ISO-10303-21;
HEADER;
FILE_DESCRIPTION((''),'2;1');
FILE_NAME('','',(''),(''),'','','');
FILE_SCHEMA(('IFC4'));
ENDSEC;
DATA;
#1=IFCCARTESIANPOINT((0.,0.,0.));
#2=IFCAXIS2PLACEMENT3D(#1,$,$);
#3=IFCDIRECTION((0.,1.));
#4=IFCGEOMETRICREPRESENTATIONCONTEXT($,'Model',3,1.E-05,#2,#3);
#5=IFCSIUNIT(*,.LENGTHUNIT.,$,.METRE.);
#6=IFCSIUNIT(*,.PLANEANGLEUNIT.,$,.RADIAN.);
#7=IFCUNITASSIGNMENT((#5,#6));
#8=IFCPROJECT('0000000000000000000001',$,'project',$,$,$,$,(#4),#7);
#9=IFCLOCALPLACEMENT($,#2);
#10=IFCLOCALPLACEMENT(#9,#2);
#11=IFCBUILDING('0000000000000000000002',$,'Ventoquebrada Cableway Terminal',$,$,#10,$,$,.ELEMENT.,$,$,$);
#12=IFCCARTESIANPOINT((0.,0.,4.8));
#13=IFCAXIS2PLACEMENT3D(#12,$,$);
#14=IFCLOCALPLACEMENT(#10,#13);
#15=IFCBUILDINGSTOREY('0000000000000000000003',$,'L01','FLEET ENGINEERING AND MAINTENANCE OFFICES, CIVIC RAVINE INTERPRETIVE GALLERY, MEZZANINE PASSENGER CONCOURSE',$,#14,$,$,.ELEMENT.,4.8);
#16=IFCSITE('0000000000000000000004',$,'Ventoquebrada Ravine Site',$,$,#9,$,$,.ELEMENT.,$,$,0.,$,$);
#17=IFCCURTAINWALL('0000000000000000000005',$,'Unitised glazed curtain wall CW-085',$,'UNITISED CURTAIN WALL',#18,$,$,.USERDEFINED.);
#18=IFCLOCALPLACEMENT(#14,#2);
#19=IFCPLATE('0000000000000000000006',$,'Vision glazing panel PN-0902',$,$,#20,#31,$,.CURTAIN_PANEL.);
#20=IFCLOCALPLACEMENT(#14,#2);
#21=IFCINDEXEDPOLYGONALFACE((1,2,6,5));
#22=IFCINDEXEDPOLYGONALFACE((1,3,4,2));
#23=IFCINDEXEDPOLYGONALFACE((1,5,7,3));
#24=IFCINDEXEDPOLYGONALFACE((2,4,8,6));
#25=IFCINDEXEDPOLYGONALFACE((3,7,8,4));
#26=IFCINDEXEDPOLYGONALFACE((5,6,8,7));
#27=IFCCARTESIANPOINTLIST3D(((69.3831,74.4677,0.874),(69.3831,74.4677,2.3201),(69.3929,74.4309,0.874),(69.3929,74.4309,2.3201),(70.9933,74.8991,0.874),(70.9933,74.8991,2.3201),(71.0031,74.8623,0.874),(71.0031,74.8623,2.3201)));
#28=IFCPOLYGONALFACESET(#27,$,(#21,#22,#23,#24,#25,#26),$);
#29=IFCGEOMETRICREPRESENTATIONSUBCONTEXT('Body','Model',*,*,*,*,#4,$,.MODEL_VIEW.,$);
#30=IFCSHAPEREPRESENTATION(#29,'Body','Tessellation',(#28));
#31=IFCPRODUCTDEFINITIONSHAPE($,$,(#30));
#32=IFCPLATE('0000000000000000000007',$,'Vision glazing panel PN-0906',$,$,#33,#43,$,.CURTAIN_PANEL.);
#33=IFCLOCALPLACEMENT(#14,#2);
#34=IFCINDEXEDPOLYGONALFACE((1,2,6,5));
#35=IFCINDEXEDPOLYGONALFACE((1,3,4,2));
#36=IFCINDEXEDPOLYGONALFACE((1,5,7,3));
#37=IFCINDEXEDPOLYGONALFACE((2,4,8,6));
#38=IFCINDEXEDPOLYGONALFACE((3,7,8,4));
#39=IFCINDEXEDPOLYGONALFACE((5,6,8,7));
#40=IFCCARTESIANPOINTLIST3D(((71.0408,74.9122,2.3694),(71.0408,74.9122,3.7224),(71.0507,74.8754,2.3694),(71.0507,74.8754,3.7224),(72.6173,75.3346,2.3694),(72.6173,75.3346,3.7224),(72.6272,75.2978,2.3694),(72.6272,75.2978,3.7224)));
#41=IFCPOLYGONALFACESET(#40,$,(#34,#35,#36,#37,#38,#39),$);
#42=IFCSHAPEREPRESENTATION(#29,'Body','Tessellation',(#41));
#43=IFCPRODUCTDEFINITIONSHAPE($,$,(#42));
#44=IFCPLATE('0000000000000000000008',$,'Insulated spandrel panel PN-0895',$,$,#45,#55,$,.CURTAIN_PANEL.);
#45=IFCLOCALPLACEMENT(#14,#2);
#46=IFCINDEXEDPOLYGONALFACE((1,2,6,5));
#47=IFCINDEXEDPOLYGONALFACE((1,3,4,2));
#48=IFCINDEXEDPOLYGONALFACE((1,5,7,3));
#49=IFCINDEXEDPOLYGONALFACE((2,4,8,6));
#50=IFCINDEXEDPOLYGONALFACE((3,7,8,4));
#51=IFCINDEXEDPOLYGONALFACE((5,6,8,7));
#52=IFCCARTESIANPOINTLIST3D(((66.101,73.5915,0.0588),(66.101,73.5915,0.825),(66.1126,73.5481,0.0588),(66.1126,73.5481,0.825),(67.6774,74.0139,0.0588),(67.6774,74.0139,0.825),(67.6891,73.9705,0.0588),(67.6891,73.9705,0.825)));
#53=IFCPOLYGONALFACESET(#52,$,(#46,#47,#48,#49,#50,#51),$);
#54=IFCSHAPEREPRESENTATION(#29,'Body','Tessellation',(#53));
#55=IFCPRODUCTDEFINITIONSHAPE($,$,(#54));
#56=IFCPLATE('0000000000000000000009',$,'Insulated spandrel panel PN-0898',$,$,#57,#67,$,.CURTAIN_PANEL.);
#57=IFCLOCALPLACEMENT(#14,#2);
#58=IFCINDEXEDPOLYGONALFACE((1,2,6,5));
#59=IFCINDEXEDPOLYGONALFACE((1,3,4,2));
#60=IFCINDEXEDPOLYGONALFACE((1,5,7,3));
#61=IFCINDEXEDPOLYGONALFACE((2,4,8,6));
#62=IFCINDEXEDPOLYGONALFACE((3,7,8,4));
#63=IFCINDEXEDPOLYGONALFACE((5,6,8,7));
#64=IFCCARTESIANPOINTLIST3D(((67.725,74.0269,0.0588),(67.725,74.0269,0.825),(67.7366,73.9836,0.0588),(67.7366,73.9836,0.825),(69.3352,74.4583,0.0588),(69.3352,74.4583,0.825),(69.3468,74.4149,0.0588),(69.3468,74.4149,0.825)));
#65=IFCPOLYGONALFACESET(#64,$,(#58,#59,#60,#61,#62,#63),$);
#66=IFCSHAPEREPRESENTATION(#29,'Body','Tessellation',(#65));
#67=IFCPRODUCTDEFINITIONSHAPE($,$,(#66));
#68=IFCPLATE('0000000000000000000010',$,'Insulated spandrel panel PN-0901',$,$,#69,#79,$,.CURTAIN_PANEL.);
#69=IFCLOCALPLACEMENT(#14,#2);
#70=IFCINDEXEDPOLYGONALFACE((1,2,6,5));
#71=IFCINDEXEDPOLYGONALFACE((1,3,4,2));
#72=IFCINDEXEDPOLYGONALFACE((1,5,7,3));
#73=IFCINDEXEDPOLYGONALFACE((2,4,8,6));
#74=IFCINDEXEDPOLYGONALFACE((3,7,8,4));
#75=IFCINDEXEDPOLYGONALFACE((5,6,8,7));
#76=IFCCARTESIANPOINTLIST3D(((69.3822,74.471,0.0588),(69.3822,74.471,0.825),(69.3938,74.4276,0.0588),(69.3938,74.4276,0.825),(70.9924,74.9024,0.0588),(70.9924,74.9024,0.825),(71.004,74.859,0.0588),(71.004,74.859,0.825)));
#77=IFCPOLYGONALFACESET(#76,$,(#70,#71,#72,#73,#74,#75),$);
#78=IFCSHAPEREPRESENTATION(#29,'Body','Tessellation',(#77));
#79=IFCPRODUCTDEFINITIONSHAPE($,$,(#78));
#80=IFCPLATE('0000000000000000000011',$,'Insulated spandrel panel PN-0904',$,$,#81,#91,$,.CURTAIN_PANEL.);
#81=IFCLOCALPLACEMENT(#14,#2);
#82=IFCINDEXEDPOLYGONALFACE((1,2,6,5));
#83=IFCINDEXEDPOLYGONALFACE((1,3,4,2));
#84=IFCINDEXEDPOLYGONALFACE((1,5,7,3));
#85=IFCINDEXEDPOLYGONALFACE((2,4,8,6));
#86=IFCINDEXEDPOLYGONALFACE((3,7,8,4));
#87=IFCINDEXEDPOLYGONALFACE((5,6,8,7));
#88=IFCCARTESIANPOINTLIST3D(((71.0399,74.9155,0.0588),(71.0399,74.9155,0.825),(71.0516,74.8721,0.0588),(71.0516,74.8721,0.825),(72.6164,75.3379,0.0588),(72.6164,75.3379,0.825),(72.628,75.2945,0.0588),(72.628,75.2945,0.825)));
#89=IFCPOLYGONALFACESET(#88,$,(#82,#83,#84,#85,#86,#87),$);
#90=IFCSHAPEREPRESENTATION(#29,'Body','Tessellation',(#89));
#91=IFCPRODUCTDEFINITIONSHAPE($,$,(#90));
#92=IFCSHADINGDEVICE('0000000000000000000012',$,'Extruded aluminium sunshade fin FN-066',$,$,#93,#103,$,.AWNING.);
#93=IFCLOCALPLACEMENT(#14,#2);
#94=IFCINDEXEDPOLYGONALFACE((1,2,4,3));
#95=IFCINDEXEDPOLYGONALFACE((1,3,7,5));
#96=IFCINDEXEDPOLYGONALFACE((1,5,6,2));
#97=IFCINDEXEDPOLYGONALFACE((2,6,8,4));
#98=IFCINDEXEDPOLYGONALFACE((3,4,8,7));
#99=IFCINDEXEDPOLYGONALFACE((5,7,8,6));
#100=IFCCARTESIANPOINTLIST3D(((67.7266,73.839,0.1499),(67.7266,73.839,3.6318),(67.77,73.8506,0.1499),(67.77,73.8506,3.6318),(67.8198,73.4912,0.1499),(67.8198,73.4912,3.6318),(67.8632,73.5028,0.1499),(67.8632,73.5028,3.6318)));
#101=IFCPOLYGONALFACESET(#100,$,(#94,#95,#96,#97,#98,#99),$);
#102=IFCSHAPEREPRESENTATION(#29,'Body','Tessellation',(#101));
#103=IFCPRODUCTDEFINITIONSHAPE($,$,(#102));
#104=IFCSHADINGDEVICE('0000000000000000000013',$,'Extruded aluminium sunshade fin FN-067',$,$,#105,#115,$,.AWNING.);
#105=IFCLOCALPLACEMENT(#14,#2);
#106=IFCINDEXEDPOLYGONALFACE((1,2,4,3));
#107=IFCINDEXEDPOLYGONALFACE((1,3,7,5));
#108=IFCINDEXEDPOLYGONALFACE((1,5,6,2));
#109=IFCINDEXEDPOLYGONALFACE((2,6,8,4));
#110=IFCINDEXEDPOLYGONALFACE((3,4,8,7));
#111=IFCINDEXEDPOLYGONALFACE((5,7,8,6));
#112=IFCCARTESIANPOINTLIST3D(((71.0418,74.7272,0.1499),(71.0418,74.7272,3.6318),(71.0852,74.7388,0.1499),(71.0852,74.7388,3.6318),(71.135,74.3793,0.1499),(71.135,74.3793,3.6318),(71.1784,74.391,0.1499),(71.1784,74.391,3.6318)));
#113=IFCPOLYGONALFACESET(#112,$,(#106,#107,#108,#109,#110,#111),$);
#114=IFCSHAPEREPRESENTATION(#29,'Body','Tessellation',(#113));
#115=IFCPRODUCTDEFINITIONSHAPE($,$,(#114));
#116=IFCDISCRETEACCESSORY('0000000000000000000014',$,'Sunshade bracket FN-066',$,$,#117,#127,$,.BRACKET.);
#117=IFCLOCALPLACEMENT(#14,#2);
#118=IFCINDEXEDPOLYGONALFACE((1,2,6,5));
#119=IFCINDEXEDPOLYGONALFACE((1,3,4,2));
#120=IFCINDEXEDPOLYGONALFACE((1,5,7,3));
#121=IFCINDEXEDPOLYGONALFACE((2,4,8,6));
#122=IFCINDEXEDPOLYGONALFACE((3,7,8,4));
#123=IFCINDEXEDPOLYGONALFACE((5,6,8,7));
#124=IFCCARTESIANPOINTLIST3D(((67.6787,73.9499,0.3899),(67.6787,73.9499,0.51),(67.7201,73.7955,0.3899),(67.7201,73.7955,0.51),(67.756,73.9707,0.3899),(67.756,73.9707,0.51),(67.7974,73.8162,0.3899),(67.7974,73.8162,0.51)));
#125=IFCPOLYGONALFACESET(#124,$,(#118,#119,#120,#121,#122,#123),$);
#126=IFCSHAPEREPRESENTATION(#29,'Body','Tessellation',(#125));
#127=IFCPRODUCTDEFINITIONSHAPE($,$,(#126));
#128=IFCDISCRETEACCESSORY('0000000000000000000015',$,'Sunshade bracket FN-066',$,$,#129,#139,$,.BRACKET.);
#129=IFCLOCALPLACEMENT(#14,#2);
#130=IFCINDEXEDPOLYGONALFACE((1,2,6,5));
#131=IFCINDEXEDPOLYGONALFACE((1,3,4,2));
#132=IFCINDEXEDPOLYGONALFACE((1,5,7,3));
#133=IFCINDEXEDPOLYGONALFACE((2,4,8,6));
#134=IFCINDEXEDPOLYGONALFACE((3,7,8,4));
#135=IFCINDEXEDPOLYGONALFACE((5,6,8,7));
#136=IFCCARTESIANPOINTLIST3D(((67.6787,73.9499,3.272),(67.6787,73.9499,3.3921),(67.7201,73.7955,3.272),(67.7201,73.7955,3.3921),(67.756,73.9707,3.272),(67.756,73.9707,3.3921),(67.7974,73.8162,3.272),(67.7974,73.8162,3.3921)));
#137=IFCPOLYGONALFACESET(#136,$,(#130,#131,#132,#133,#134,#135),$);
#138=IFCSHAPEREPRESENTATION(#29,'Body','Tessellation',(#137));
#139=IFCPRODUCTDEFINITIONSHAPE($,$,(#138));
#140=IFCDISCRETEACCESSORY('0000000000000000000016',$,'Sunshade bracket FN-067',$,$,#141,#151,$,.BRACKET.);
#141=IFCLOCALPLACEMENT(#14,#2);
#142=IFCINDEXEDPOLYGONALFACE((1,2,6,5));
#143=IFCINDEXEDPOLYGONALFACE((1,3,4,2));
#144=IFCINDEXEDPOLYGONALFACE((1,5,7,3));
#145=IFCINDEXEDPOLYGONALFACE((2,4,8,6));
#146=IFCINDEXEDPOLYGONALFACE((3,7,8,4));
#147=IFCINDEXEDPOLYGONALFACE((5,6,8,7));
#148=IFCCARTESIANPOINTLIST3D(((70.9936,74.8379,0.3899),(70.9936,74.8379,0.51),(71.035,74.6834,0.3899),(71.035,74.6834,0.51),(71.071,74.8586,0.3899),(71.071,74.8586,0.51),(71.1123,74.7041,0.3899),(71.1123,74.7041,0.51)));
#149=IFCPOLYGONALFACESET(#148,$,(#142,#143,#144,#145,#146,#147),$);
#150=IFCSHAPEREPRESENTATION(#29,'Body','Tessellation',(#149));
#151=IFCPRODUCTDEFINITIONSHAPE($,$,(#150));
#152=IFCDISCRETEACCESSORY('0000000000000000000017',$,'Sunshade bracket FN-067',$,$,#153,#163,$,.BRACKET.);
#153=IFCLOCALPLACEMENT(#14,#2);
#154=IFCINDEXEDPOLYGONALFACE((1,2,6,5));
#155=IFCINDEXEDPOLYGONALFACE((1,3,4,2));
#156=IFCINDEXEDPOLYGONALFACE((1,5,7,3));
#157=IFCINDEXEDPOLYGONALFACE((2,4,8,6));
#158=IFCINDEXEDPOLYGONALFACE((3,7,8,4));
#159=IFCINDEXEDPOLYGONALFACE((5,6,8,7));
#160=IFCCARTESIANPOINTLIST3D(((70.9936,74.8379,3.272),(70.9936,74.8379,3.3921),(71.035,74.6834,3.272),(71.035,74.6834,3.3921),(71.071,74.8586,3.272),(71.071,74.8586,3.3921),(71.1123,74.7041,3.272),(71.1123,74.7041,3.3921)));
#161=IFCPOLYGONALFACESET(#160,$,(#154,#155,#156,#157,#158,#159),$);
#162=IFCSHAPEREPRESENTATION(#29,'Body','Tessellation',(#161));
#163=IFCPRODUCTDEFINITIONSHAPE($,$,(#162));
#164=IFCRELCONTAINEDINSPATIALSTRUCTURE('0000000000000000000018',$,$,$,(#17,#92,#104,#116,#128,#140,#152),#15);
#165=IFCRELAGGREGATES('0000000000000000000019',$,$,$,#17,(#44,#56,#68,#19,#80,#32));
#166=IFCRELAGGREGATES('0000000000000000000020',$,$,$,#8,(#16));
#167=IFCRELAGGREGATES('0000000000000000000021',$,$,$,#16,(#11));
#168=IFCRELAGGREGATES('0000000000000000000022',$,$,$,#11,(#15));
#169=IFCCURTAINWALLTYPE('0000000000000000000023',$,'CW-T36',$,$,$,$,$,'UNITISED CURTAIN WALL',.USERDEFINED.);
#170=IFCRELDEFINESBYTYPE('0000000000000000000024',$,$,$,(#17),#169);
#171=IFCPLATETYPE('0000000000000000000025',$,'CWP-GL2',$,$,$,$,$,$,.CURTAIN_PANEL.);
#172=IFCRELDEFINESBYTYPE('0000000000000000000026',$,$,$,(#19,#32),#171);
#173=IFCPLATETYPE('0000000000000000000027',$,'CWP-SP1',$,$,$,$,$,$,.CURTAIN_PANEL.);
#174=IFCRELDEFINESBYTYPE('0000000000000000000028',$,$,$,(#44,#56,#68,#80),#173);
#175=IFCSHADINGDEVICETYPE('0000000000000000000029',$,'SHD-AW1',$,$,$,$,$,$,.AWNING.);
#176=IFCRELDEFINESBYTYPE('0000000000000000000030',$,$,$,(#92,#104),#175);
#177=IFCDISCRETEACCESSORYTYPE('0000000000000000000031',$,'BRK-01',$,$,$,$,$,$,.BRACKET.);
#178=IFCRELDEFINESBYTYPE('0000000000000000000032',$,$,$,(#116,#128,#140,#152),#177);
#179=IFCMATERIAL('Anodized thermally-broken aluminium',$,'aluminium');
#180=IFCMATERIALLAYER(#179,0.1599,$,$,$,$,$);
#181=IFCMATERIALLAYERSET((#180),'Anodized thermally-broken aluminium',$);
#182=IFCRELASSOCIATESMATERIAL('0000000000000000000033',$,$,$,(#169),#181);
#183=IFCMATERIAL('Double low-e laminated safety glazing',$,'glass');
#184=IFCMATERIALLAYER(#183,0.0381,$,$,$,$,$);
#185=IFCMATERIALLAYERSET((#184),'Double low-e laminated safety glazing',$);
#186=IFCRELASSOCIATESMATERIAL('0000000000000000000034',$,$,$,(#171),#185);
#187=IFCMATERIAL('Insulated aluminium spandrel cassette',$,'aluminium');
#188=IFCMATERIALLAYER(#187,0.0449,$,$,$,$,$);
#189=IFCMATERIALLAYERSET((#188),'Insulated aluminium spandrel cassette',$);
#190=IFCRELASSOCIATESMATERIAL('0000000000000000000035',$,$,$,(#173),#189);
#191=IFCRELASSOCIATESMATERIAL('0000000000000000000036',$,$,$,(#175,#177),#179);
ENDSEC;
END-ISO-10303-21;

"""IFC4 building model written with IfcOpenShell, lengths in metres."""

from ifc_helpers import new_model, si_unit, direction, frame, origin, origin_2d, place, context, subcontext, project, spatial, rectangle, extrude, material, layer, layer_set, type_object, element, aggregate, save


model = new_model("IFC4")

# Units and contexts
model_context = context("Model", 3, precision=1e-05, world=origin(), true_north=direction((0.0, 1.0)))
body_context = subcontext(model_context, "Body", "Model", "MODEL_VIEW")
ifc_project = project(units=[si_unit("LENGTHUNIT", "METRE"), si_unit("PLANEANGLEUNIT", "RADIAN")], contexts=[model_context])

# Site, building, storey
site_placement = place(None, origin())
site = spatial("IfcSite", under=ifc_project, at=site_placement, Name="Ventoquebrada Ravine Site", CompositionType="ELEMENT", RefElevation=0.0)
building_placement = place(site_placement, origin())
building = spatial("IfcBuilding", under=site, at=building_placement, Name="Ventoquebrada Cableway Terminal", CompositionType="ELEMENT")
storey_placement = place(building_placement, frame((0.0, 0.0, 4.8)))
storey = spatial("IfcBuildingStorey", under=building, at=storey_placement, Name="L01", Description="FLEET ENGINEERING AND MAINTENANCE OFFICES, CIVIC RAVINE INTERPRETIVE GALLERY, MEZZANINE PASSENGER CONCOURSE", CompositionType="ELEMENT", Elevation=4.8)

# Curtain wall
ifc_material_1 = material(Name="Anodized thermally-broken aluminium", Category="aluminium")
ifc_layer_1 = layer(ifc_material_1, 0.1599)
ifc_layer_set_1 = layer_set([ifc_layer_1], Name="Anodized thermally-broken aluminium")
curtain_wall_type = type_object("IfcCurtainWallType", Name="CW-T36", ElementType="UNITISED CURTAIN WALL", PredefinedType="USERDEFINED", material=ifc_layer_set_1)
curtain_wall_placement = place(storey_placement, origin())
curtain_wall = element("IfcCurtainWall", 1, at=curtain_wall_placement, inside=storey, type_object=curtain_wall_type, Name="Unitised glazed curtain wall CW-085", ObjectType="UNITISED CURTAIN WALL", PredefinedType="USERDEFINED")

# Plates
ifc_material_2 = material(Name="Double low-e laminated safety glazing", Category="glass")
ifc_layer_2 = layer(ifc_material_2, 0.0381)
ifc_layer_set_2 = layer_set([ifc_layer_2], Name="Double low-e laminated safety glazing")
plate_type_1 = type_object("IfcPlateType", Name="CWP-GL2", PredefinedType="CURTAIN_PANEL", material=ifc_layer_set_2)
plate_1_placement = place(storey_placement, frame((70.1931, 74.665, 0.874), z_axis=(0.0, 0.0, 1.0), x_axis=(0.965935, 0.258785, 0.0)))
plate_1 = element("IfcPlate", 2, at=plate_1_placement, type_object=plate_type_1, Name="Vision glazing panel PN-0902", PredefinedType="CURTAIN_PANEL", context=body_context, shape_type="SweptSolid", body=[
    extrude(rectangle(XDim=1.667, YDim=0.0381, at=origin_2d()), origin(), (0.0, 0.0, 1.0), 1.446),
])
plate_2_placement = place(storey_placement, frame((71.834, 75.105, 2.3694), z_axis=(0.0, 0.0, 1.0), x_axis=(0.965935, 0.258785, 0.0)))
plate_2 = element("IfcPlate", 3, at=plate_2_placement, type_object=plate_type_1, Name="Vision glazing panel PN-0906", PredefinedType="CURTAIN_PANEL", context=body_context, shape_type="SweptSolid", body=[
    extrude(rectangle(XDim=1.6321, YDim=0.0381, at=origin_2d()), origin(), (0.0, 0.0, 1.0), 1.353),
])
ifc_material_3 = material(Name="Insulated aluminium spandrel cassette", Category="aluminium")
ifc_layer_3 = layer(ifc_material_3, 0.0449)
ifc_layer_set_3 = layer_set([ifc_layer_3], Name="Insulated aluminium spandrel cassette")
plate_type_2 = type_object("IfcPlateType", Name="CWP-SP1", PredefinedType="CURTAIN_PANEL", material=ifc_layer_set_3)
plate_3_placement = place(storey_placement, frame((66.895, 73.781, 0.0588), z_axis=(0.0, 0.0, 1.0), x_axis=(0.965935, 0.258785, 0.0)))
plate_3 = element("IfcPlate", 4, at=plate_3_placement, type_object=plate_type_2, Name="Insulated spandrel panel PN-0895", PredefinedType="CURTAIN_PANEL", context=body_context, shape_type="SweptSolid", body=[
    extrude(rectangle(XDim=1.6321, YDim=0.0449, at=origin_2d()), origin(), (0.0, 0.0, 1.0), 0.7661),
])
plate_4_placement = place(storey_placement, frame((68.5359, 74.2209, 0.0588), z_axis=(0.0, 0.0, 1.0), x_axis=(0.965935, 0.258785, 0.0)))
plate_4 = element("IfcPlate", 5, at=plate_4_placement, type_object=plate_type_2, Name="Insulated spandrel panel PN-0898", PredefinedType="CURTAIN_PANEL", context=body_context, shape_type="SweptSolid", body=[
    extrude(rectangle(XDim=1.667, YDim=0.0449, at=origin_2d()), origin(), (0.0, 0.0, 1.0), 0.7661),
])
plate_5_placement = place(storey_placement, frame((70.1931, 74.665, 0.0588), z_axis=(0.0, 0.0, 1.0), x_axis=(0.965935, 0.258785, 0.0)))
plate_5 = element("IfcPlate", 6, at=plate_5_placement, type_object=plate_type_2, Name="Insulated spandrel panel PN-0901", PredefinedType="CURTAIN_PANEL", context=body_context, shape_type="SweptSolid", body=[
    extrude(rectangle(XDim=1.667, YDim=0.0449, at=origin_2d()), origin(), (0.0, 0.0, 1.0), 0.7661),
])
plate_6_placement = place(storey_placement, frame((71.834, 75.105, 0.0588), z_axis=(0.0, 0.0, 1.0), x_axis=(0.965935, 0.258785, 0.0)))
plate_6 = element("IfcPlate", 7, at=plate_6_placement, type_object=plate_type_2, Name="Insulated spandrel panel PN-0904", PredefinedType="CURTAIN_PANEL", context=body_context, shape_type="SweptSolid", body=[
    extrude(rectangle(XDim=1.6321, YDim=0.0449, at=origin_2d()), origin(), (0.0, 0.0, 1.0), 0.7661),
])
aggregate(curtain_wall, [plate_3, plate_4, plate_5, plate_1, plate_6, plate_2])

# Shading devices
shading_device_type = type_object("IfcShadingDeviceType", Name="SHD-AW1", PredefinedType="AWNING", material=ifc_material_1)
for number, where, z_axis, x_axis, name in (
    (8, (67.7949, 73.6709, 0.1499), (0.0, 0.0, 1.0), (0.965935, 0.258785, 0.0), "Extruded aluminium sunshade fin FN-066"),
    (9, (71.1101, 74.5591, 0.1499), (0.0, 0.0, 1.0), (0.965935, 0.258785, 0.0), "Extruded aluminium sunshade fin FN-067"),
):
    element("IfcShadingDevice", number, at=place(storey_placement, frame(where, z_axis=z_axis, x_axis=x_axis)), inside=storey, type_object=shading_device_type, Name=name, PredefinedType="AWNING", context=body_context, shape_type="SweptSolid", body=[
        extrude(rectangle(XDim=0.0449, YDim=0.3601, at=origin_2d()), origin(), (0.0, 0.0, 1.0), 3.4819),
    ])

# Discrete accessories
discrete_accessory_type = type_object("IfcDiscreteAccessoryType", Name="BRK-01", PredefinedType="BRACKET", material=ifc_material_1)
for number, where, z_axis, x_axis, name in (
    (10, (67.738, 73.8831, 0.3899), (0.0, 0.0, 1.0), (0.965935, 0.258785, 0.0), "Sunshade bracket FN-066"),
    (11, (67.738, 73.8831, 3.272), (0.0, 0.0, 1.0), (0.965935, 0.258785, 0.0), "Sunshade bracket FN-066"),
    (12, (71.053, 74.771, 0.3899), (0.0, 0.0, 1.0), (0.965935, 0.258785, 0.0), "Sunshade bracket FN-067"),
    (13, (71.053, 74.771, 3.272), (0.0, 0.0, 1.0), (0.965935, 0.258785, 0.0), "Sunshade bracket FN-067"),
):
    element("IfcDiscreteAccessory", number, at=place(storey_placement, frame(where, z_axis=z_axis, x_axis=x_axis)), inside=storey, type_object=discrete_accessory_type, Name=name, PredefinedType="BRACKET", context=body_context, shape_type="SweptSolid", body=[
        extrude(rectangle(XDim=0.0801, YDim=0.1599, at=origin_2d()), origin(), (0.0, 0.0, 1.0), 0.1201),
    ])

save(model, "model.ifc")
